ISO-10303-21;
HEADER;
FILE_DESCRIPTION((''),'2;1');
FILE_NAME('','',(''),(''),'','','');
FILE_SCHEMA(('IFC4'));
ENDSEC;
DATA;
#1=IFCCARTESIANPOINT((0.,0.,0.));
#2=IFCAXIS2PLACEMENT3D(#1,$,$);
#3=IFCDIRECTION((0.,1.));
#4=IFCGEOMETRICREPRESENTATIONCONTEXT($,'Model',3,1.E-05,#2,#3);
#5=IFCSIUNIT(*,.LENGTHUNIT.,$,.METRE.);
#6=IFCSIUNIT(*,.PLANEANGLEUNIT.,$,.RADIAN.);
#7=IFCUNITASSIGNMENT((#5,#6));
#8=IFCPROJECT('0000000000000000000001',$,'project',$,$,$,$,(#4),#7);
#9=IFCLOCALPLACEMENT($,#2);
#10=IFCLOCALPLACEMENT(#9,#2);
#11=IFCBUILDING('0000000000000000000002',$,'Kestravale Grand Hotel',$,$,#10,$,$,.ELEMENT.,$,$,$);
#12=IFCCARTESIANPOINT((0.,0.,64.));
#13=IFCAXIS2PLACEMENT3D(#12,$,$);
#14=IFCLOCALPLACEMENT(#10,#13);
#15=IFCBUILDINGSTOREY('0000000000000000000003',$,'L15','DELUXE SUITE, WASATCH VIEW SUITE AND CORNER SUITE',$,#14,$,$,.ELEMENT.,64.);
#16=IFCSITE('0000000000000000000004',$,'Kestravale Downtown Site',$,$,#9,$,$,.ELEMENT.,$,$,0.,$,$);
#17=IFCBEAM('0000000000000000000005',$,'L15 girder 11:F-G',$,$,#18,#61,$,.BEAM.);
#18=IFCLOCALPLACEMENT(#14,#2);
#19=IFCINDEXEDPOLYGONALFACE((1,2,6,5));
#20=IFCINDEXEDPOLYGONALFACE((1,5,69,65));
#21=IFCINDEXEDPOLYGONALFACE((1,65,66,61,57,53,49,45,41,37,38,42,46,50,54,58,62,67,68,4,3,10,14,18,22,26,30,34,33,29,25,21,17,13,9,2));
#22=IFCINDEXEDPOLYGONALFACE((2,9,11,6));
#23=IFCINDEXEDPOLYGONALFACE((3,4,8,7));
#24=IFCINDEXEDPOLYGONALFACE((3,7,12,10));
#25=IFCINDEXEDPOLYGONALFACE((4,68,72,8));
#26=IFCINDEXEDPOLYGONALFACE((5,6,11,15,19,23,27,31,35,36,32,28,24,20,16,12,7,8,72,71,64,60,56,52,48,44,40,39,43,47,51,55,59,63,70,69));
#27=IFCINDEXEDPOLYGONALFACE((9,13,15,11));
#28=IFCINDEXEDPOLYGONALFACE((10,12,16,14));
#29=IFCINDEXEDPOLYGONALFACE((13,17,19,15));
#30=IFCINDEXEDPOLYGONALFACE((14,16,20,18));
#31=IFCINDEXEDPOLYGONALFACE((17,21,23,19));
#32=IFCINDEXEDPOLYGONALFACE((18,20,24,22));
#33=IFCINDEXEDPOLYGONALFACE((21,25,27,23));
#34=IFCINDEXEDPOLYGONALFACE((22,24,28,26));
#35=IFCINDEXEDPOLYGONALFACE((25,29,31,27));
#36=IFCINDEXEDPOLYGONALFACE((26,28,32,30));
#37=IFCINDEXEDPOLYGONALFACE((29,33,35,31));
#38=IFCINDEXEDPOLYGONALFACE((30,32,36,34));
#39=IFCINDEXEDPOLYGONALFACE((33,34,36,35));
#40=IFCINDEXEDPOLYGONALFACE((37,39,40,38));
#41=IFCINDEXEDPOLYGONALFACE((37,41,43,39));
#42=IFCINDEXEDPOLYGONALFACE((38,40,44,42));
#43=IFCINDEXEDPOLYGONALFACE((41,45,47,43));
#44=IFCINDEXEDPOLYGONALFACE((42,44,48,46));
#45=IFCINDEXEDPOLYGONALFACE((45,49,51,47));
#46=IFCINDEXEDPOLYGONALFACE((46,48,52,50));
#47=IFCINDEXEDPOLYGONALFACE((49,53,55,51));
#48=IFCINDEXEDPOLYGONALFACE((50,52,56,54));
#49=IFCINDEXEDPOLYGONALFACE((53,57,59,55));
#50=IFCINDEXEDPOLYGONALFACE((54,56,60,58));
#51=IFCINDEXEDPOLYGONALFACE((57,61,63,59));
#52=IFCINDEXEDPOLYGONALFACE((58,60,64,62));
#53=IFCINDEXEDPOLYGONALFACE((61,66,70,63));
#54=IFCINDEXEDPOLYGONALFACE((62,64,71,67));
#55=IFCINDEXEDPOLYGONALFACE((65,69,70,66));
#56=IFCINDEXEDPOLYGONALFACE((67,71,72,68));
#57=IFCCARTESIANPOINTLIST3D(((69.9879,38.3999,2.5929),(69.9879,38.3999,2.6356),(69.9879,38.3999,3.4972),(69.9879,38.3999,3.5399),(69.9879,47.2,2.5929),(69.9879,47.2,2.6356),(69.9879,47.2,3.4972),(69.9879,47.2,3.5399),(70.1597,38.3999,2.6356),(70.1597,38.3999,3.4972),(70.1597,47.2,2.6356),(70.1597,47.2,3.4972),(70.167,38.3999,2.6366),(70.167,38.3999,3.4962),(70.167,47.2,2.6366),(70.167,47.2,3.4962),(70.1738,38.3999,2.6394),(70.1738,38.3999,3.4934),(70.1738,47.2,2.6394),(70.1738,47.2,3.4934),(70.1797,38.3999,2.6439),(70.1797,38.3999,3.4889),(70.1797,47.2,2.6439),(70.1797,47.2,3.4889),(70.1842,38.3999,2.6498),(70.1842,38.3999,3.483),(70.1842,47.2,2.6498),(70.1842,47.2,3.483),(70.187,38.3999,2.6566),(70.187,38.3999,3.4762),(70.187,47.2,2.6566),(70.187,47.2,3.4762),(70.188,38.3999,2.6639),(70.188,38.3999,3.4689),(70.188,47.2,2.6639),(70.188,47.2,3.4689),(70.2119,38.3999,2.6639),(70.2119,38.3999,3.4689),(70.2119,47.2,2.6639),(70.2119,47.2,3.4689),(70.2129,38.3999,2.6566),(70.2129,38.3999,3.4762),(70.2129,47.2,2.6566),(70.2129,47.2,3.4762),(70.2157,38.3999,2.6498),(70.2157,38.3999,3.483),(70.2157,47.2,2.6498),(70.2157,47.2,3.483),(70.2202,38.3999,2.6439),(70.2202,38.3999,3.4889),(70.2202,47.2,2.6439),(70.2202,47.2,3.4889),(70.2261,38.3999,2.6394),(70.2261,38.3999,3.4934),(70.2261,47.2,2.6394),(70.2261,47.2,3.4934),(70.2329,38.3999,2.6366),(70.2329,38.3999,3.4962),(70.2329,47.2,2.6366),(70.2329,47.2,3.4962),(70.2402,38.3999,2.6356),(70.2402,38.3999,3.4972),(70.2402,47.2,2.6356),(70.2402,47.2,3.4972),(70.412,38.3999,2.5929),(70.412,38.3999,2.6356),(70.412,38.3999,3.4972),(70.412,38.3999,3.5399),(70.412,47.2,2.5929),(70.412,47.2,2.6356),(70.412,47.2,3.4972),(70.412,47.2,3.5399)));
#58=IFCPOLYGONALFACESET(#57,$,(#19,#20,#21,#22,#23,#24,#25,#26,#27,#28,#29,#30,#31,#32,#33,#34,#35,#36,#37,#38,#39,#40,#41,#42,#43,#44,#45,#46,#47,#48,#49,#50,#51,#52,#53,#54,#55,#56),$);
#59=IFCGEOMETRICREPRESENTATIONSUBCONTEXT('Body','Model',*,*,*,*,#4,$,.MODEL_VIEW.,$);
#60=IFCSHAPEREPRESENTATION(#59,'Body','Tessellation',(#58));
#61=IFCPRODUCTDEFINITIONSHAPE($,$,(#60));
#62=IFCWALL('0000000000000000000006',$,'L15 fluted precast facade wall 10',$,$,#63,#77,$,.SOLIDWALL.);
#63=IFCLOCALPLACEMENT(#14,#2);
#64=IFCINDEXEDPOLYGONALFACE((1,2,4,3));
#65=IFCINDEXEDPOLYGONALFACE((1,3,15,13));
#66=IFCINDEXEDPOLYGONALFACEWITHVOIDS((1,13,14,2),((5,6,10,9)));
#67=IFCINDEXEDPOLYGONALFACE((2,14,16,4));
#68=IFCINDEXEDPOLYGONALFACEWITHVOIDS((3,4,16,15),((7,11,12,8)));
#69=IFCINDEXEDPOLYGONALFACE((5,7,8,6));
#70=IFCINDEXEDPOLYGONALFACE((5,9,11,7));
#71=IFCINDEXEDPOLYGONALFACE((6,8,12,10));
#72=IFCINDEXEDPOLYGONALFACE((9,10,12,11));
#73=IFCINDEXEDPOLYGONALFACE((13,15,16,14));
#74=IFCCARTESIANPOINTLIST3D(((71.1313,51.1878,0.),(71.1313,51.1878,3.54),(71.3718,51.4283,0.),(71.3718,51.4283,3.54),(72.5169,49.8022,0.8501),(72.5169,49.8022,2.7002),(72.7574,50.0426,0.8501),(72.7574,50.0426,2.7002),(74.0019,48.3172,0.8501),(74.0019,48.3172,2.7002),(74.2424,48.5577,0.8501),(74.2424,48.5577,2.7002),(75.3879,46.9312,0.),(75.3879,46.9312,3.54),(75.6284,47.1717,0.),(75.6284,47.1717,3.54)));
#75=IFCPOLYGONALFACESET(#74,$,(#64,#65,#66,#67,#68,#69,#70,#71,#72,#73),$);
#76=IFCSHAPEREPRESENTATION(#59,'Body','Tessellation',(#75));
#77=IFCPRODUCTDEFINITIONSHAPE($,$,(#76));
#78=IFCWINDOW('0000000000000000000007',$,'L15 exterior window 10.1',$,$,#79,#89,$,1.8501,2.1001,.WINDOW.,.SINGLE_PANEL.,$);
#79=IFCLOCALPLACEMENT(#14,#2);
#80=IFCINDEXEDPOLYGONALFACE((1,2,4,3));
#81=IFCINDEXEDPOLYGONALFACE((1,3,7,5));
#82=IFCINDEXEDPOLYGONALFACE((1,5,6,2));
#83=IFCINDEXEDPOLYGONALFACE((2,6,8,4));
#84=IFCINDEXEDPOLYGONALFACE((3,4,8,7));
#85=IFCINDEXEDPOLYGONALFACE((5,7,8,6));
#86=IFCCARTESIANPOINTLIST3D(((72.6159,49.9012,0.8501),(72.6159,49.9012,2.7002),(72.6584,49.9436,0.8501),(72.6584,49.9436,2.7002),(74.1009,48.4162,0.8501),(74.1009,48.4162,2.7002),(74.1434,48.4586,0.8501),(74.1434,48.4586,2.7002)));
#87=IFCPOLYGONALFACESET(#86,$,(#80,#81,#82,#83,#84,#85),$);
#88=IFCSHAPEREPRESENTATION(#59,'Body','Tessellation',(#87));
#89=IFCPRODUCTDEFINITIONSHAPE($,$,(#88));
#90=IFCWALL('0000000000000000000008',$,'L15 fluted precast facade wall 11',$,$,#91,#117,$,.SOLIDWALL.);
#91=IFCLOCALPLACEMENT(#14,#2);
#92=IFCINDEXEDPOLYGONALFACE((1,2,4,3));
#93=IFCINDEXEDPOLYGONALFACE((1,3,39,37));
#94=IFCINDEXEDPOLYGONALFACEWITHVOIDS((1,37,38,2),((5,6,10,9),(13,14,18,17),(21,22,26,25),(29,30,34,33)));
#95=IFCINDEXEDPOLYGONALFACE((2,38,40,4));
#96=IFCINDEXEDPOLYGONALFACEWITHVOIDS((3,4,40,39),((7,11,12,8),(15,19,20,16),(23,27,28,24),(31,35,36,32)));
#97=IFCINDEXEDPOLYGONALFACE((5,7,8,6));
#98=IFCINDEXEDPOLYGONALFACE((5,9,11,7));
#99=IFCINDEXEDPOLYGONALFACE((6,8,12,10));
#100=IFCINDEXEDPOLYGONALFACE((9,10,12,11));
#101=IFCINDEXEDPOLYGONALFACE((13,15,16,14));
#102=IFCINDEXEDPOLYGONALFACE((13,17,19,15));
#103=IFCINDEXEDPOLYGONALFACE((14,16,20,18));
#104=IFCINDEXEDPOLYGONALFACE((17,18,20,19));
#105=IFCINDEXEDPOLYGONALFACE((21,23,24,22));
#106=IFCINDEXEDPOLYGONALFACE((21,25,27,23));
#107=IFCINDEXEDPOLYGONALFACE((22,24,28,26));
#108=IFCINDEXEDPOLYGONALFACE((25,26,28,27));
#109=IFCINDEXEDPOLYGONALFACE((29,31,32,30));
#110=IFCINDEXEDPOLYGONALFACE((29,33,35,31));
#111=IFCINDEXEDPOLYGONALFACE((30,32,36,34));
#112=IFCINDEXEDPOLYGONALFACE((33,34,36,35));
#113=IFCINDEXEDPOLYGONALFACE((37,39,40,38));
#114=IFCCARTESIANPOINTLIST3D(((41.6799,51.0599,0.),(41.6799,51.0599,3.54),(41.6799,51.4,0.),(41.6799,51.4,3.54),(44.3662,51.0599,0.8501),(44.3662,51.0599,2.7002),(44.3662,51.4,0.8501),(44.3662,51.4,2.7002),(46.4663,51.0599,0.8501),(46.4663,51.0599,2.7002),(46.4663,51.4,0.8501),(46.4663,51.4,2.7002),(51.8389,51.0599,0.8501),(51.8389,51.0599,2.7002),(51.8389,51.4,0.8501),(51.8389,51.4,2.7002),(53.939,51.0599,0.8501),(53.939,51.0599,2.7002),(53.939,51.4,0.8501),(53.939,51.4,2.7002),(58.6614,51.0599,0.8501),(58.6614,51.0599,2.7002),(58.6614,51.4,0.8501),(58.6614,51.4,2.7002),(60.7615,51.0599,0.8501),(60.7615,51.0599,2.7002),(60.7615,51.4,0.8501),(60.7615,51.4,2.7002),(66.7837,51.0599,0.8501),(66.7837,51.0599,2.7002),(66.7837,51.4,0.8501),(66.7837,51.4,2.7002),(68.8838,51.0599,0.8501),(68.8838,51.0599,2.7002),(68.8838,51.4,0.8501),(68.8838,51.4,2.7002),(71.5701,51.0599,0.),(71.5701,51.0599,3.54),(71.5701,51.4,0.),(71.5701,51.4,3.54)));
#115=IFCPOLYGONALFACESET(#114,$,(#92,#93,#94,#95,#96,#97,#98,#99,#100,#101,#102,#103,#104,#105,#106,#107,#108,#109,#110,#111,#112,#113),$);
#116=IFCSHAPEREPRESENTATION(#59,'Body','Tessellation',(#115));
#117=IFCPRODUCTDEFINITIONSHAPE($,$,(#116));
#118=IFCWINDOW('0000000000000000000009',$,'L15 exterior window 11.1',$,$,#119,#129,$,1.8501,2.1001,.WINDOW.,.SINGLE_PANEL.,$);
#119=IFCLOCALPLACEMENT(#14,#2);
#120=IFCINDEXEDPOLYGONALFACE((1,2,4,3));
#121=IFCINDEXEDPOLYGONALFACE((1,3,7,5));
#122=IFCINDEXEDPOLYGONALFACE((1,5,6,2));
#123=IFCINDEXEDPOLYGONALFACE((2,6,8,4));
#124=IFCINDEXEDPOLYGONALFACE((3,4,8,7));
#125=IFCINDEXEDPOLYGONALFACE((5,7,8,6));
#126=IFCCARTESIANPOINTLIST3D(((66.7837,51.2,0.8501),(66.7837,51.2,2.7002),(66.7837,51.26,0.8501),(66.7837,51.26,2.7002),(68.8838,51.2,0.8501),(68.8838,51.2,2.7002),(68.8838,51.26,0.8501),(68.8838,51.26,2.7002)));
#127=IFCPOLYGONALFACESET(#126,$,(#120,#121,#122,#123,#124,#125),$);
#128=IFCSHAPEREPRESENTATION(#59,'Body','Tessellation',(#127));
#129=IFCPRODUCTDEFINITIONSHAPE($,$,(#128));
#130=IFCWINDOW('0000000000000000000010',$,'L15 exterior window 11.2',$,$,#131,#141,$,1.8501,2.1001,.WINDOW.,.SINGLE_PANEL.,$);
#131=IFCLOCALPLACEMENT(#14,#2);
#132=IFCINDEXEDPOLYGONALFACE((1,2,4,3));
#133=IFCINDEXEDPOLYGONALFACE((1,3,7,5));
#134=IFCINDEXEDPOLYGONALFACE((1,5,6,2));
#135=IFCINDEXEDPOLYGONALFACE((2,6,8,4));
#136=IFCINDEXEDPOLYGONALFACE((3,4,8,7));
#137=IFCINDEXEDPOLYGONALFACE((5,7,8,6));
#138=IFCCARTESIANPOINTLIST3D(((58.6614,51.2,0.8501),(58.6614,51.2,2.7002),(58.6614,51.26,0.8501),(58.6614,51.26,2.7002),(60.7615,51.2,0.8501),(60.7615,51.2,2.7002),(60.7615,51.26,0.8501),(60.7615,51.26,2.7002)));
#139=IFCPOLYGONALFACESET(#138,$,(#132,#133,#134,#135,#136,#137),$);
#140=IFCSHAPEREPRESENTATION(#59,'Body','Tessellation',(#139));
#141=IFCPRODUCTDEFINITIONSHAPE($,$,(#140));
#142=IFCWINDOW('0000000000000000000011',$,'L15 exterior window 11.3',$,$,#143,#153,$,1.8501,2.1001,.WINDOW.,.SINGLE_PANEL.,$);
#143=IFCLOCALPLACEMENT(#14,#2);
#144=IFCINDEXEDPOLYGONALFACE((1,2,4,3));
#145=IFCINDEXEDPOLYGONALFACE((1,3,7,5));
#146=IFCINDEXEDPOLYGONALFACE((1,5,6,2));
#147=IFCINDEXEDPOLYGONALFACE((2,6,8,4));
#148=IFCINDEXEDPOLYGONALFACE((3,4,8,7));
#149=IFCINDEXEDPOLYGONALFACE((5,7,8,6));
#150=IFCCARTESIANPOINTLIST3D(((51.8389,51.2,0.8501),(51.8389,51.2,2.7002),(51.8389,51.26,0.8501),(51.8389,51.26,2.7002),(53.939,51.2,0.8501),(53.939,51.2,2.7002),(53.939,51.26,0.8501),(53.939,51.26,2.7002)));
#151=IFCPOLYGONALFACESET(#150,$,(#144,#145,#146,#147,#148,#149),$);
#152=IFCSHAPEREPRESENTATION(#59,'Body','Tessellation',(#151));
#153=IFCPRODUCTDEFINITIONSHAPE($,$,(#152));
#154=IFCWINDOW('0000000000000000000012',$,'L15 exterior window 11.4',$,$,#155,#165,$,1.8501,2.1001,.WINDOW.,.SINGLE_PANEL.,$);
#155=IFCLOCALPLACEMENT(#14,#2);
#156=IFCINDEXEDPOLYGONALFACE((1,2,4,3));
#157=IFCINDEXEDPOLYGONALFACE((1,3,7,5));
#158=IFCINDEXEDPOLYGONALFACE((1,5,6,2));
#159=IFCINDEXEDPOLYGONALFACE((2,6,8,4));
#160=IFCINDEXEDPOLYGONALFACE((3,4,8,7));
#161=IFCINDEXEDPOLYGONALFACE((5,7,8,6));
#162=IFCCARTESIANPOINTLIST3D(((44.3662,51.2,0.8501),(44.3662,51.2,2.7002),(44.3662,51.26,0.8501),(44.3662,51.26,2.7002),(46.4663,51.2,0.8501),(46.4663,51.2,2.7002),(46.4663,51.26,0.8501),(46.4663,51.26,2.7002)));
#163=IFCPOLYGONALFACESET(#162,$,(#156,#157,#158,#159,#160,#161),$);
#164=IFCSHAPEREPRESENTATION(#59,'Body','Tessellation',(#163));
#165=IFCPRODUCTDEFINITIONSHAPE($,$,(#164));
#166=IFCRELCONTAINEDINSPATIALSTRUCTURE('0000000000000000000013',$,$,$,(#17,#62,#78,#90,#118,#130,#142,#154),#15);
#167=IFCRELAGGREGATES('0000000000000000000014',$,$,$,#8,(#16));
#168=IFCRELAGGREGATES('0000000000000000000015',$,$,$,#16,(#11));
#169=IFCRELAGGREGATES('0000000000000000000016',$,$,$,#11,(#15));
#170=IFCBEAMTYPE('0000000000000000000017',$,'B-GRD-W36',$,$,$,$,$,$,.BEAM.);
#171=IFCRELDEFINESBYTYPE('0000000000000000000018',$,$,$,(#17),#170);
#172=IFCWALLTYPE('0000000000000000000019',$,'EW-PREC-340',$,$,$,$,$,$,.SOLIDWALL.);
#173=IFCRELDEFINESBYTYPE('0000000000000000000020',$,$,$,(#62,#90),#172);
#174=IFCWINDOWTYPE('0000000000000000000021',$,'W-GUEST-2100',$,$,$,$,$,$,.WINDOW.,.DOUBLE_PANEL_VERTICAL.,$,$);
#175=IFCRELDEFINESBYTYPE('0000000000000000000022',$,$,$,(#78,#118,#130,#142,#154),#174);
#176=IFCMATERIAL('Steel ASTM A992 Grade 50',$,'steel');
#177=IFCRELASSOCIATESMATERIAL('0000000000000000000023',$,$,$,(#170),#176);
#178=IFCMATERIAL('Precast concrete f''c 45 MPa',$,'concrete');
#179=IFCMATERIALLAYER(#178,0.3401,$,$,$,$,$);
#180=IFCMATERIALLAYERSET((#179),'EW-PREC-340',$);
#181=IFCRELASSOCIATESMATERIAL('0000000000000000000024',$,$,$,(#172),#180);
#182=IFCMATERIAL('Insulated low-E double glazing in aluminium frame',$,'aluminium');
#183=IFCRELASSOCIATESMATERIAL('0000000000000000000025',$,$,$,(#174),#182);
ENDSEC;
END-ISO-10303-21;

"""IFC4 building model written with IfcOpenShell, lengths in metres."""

from ifc_helpers import new_model, si_unit, direction, frame, frame_2d, origin, origin_2d, place, context, subcontext, project, spatial, rectangle, i_section, extrude, material, layer, layer_set, material_profile, profile_set, type_object, element, fill, save


model = new_model("IFC4")

# Units and contexts
model_context = context("Model", 3, precision=1e-05, world=origin(), true_north=direction((0.0, 1.0)))
body_context = subcontext(model_context, "Body", "Model", "MODEL_VIEW")
ifc_project = project(units=[si_unit("LENGTHUNIT", "METRE"), si_unit("PLANEANGLEUNIT", "RADIAN")], contexts=[model_context])

# Site, building, storey
site_placement = place(None, origin())
site = spatial("IfcSite", under=ifc_project, at=site_placement, Name="Kestravale Downtown Site", CompositionType="ELEMENT", RefElevation=0.0)
building_placement = place(site_placement, origin())
building = spatial("IfcBuilding", under=site, at=building_placement, Name="Kestravale Grand Hotel", CompositionType="ELEMENT")
storey_placement = place(building_placement, frame((0.0, 0.0, 64.0)))
storey = spatial("IfcBuildingStorey", under=building, at=storey_placement, Name="L15", Description="DELUXE SUITE, WASATCH VIEW SUITE AND CORNER SUITE", CompositionType="ELEMENT", Elevation=64.0)

# Beam
ifc_material_1 = material(Name="Steel ASTM A992 Grade 50", Category="steel")
ifc_material_profile_1 = material_profile(ifc_material_1, i_section(OverallWidth=0.4241, OverallDepth=0.947, WebThickness=0.0239, FlangeThickness=0.0427, FilletRadius=0.0283, at=origin_2d()))
ifc_profile_set_1 = profile_set([ifc_material_profile_1], Name="Steel ASTM A992 Grade 50")
beam_type_1 = type_object("IfcBeamType", Name="B-GRD-W36", PredefinedType="BEAM", material=ifc_profile_set_1)
for number, where, z_axis, x_axis, name in (
    (1, (70.2, 38.3999, 3.0664), (0.0, 1.0, 0.0), (-1.0, 0.0, 0.0), "L15 girder 11:F-G"),
):
    element("IfcBeam", number, at=place(storey_placement, frame(where, z_axis=z_axis, x_axis=x_axis)), inside=storey, type_object=beam_type_1, Name=name, PredefinedType="BEAM", context=body_context, shape_type="SweptSolid", body=[
        extrude(i_section(OverallWidth=0.4241, OverallDepth=0.947, WebThickness=0.0239, FlangeThickness=0.0427, FilletRadius=0.0283, at=origin_2d()), origin(), (0.0, 0.0, 1.0), 8.8),
    ])

# Wall, opening, window
ifc_material_2 = material(Name="Precast concrete f'c 45 MPa", Category="concrete")
ifc_layer_1 = layer(ifc_material_2, 0.3401)
ifc_layer_set_1 = layer_set([ifc_layer_1], Name="EW-PREC-340")
wall_type_1 = type_object("IfcWallType", Name="EW-PREC-340", PredefinedType="SOLIDWALL", material=ifc_layer_set_1)
wall_1_placement = place(storey_placement, frame((75.5081, 47.0515, 0.0), z_axis=(0.0, 0.0, 1.0), x_axis=(-0.707107, 0.707107, 0.0)))
wall_1 = element("IfcWall", 2, at=wall_1_placement, inside=storey, type_object=wall_type_1, Name="L15 fluted precast facade wall 10", PredefinedType="SOLIDWALL", context=body_context, shape_type="SweptSolid", body=[
    extrude(rectangle(XDim=6.0198, YDim=0.3401, at=frame_2d((3.0098, 0.0))), origin(), (0.0, 0.0, 1.0), 3.54),
])
opening_1_placement = place(wall_1_placement, frame((1.96, 0.0, 0.8501)))
opening_1 = element("IfcOpeningElement", 3, at=opening_1_placement, cuts=wall_1, PredefinedType="OPENING", context=body_context, shape_type="SweptSolid", body=[
    extrude(rectangle(XDim=2.1001, YDim=1.8501, at=frame_2d((1.05, 0.925))), frame((0.0, 0.1799, 0.0), z_axis=(0.0, -1.0, 0.0), x_axis=(1.0, 0.0, 0.0)), (0.0, 0.0, 1.0), 0.3601),
])
ifc_material_3 = material(Name="Insulated low-E double glazing in aluminium frame", Category="aluminium")
window_type = type_object("IfcWindowType", Name="W-GUEST-2100", PartitioningType="DOUBLE_PANEL_VERTICAL", PredefinedType="WINDOW", material=ifc_material_3)
window_1_placement = place(opening_1_placement, origin())
window_1 = element("IfcWindow", 4, at=window_1_placement, inside=storey, type_object=window_type, Name="L15 exterior window 10.1", OverallHeight=1.8501, OverallWidth=2.1001, PartitioningType="SINGLE_PANEL", PredefinedType="WINDOW", context=body_context, shape_type="SweptSolid", body=[
    extrude(rectangle(XDim=2.1001, YDim=1.8501, at=frame_2d((1.05, 0.925))), frame((0.0, 0.03, 0.0), z_axis=(0.0, -1.0, 0.0), x_axis=(1.0, 0.0, 0.0)), (0.0, 0.0, 1.0), 0.0601),
])
fill(opening_1, window_1)

# Wall, openings, windows
wall_2_placement = place(storey_placement, frame((71.5701, 51.23, 0.0), z_axis=(0.0, 0.0, 1.0), x_axis=(-1.0, 0.0, 0.0)))
wall_2 = element("IfcWall", 5, at=wall_2_placement, inside=storey, type_object=wall_type_1, Name="L15 fluted precast facade wall 11", PredefinedType="SOLIDWALL", context=body_context, shape_type="SweptSolid", body=[
    extrude(rectangle(XDim=29.8901, YDim=0.3401, at=frame_2d((14.9451, 0.0))), origin(), (0.0, 0.0, 1.0), 3.54),
])
opening_2_placement = place(wall_2_placement, frame((2.6863, 0.0, 0.8501)))
opening_2 = element("IfcOpeningElement", 6, at=opening_2_placement, cuts=wall_2, PredefinedType="OPENING", context=body_context, shape_type="SweptSolid", body=[
    extrude(rectangle(XDim=2.1001, YDim=1.8501, at=frame_2d((1.05, 0.925))), frame((0.0, 0.1799, 0.0), z_axis=(0.0, -1.0, 0.0), x_axis=(1.0, 0.0, 0.0)), (0.0, 0.0, 1.0), 0.3601),
])
opening_3_placement = place(wall_2_placement, frame((10.8086, 0.0, 0.8501)))
opening_3 = element("IfcOpeningElement", 7, at=opening_3_placement, cuts=wall_2, PredefinedType="OPENING", context=body_context, shape_type="SweptSolid", body=[
    extrude(rectangle(XDim=2.1001, YDim=1.8501, at=frame_2d((1.05, 0.925))), frame((0.0, 0.1799, 0.0), z_axis=(0.0, -1.0, 0.0), x_axis=(1.0, 0.0, 0.0)), (0.0, 0.0, 1.0), 0.3601),
])
opening_4_placement = place(wall_2_placement, frame((17.6311, 0.0, 0.8501)))
opening_4 = element("IfcOpeningElement", 8, at=opening_4_placement, cuts=wall_2, PredefinedType="OPENING", context=body_context, shape_type="SweptSolid", body=[
    extrude(rectangle(XDim=2.1001, YDim=1.8501, at=frame_2d((1.05, 0.925))), frame((0.0, 0.1799, 0.0), z_axis=(0.0, -1.0, 0.0), x_axis=(1.0, 0.0, 0.0)), (0.0, 0.0, 1.0), 0.3601),
])
opening_5_placement = place(wall_2_placement, frame((25.1038, 0.0, 0.8501)))
opening_5 = element("IfcOpeningElement", 9, at=opening_5_placement, cuts=wall_2, PredefinedType="OPENING", context=body_context, shape_type="SweptSolid", body=[
    extrude(rectangle(XDim=2.1001, YDim=1.8501, at=frame_2d((1.05, 0.925))), frame((0.0, 0.1799, 0.0), z_axis=(0.0, -1.0, 0.0), x_axis=(1.0, 0.0, 0.0)), (0.0, 0.0, 1.0), 0.3601),
])
window_2_placement = place(opening_2_placement, origin())
window_2 = element("IfcWindow", 10, at=window_2_placement, inside=storey, type_object=window_type, Name="L15 exterior window 11.1", OverallHeight=1.8501, OverallWidth=2.1001, PartitioningType="SINGLE_PANEL", PredefinedType="WINDOW", context=body_context, shape_type="SweptSolid", body=[
    extrude(rectangle(XDim=2.1001, YDim=1.8501, at=frame_2d((1.05, 0.925))), frame((0.0, 0.03, 0.0), z_axis=(0.0, -1.0, 0.0), x_axis=(1.0, 0.0, 0.0)), (0.0, 0.0, 1.0), 0.0601),
])
fill(opening_2, window_2)
window_3_placement = place(opening_3_placement, origin())
window_3 = element("IfcWindow", 11, at=window_3_placement, inside=storey, type_object=window_type, Name="L15 exterior window 11.2", OverallHeight=1.8501, OverallWidth=2.1001, PartitioningType="SINGLE_PANEL", PredefinedType="WINDOW", context=body_context, shape_type="SweptSolid", body=[
    extrude(rectangle(XDim=2.1001, YDim=1.8501, at=frame_2d((1.05, 0.925))), frame((0.0, 0.03, 0.0), z_axis=(0.0, -1.0, 0.0), x_axis=(1.0, 0.0, 0.0)), (0.0, 0.0, 1.0), 0.0601),
])
fill(opening_3, window_3)
window_4_placement = place(opening_4_placement, origin())
window_4 = element("IfcWindow", 12, at=window_4_placement, inside=storey, type_object=window_type, Name="L15 exterior window 11.3", OverallHeight=1.8501, OverallWidth=2.1001, PartitioningType="SINGLE_PANEL", PredefinedType="WINDOW", context=body_context, shape_type="SweptSolid", body=[
    extrude(rectangle(XDim=2.1001, YDim=1.8501, at=frame_2d((1.05, 0.925))), frame((0.0, 0.03, 0.0), z_axis=(0.0, -1.0, 0.0), x_axis=(1.0, 0.0, 0.0)), (0.0, 0.0, 1.0), 0.0601),
])
fill(opening_4, window_4)
window_5_placement = place(opening_5_placement, origin())
window_5 = element("IfcWindow", 13, at=window_5_placement, inside=storey, type_object=window_type, Name="L15 exterior window 11.4", OverallHeight=1.8501, OverallWidth=2.1001, PartitioningType="SINGLE_PANEL", PredefinedType="WINDOW", context=body_context, shape_type="SweptSolid", body=[
    extrude(rectangle(XDim=2.1001, YDim=1.8501, at=frame_2d((1.05, 0.925))), frame((0.0, 0.03, 0.0), z_axis=(0.0, -1.0, 0.0), x_axis=(1.0, 0.0, 0.0)), (0.0, 0.0, 1.0), 0.0601),
])
fill(opening_5, window_5)

save(model, "model.ifc")
